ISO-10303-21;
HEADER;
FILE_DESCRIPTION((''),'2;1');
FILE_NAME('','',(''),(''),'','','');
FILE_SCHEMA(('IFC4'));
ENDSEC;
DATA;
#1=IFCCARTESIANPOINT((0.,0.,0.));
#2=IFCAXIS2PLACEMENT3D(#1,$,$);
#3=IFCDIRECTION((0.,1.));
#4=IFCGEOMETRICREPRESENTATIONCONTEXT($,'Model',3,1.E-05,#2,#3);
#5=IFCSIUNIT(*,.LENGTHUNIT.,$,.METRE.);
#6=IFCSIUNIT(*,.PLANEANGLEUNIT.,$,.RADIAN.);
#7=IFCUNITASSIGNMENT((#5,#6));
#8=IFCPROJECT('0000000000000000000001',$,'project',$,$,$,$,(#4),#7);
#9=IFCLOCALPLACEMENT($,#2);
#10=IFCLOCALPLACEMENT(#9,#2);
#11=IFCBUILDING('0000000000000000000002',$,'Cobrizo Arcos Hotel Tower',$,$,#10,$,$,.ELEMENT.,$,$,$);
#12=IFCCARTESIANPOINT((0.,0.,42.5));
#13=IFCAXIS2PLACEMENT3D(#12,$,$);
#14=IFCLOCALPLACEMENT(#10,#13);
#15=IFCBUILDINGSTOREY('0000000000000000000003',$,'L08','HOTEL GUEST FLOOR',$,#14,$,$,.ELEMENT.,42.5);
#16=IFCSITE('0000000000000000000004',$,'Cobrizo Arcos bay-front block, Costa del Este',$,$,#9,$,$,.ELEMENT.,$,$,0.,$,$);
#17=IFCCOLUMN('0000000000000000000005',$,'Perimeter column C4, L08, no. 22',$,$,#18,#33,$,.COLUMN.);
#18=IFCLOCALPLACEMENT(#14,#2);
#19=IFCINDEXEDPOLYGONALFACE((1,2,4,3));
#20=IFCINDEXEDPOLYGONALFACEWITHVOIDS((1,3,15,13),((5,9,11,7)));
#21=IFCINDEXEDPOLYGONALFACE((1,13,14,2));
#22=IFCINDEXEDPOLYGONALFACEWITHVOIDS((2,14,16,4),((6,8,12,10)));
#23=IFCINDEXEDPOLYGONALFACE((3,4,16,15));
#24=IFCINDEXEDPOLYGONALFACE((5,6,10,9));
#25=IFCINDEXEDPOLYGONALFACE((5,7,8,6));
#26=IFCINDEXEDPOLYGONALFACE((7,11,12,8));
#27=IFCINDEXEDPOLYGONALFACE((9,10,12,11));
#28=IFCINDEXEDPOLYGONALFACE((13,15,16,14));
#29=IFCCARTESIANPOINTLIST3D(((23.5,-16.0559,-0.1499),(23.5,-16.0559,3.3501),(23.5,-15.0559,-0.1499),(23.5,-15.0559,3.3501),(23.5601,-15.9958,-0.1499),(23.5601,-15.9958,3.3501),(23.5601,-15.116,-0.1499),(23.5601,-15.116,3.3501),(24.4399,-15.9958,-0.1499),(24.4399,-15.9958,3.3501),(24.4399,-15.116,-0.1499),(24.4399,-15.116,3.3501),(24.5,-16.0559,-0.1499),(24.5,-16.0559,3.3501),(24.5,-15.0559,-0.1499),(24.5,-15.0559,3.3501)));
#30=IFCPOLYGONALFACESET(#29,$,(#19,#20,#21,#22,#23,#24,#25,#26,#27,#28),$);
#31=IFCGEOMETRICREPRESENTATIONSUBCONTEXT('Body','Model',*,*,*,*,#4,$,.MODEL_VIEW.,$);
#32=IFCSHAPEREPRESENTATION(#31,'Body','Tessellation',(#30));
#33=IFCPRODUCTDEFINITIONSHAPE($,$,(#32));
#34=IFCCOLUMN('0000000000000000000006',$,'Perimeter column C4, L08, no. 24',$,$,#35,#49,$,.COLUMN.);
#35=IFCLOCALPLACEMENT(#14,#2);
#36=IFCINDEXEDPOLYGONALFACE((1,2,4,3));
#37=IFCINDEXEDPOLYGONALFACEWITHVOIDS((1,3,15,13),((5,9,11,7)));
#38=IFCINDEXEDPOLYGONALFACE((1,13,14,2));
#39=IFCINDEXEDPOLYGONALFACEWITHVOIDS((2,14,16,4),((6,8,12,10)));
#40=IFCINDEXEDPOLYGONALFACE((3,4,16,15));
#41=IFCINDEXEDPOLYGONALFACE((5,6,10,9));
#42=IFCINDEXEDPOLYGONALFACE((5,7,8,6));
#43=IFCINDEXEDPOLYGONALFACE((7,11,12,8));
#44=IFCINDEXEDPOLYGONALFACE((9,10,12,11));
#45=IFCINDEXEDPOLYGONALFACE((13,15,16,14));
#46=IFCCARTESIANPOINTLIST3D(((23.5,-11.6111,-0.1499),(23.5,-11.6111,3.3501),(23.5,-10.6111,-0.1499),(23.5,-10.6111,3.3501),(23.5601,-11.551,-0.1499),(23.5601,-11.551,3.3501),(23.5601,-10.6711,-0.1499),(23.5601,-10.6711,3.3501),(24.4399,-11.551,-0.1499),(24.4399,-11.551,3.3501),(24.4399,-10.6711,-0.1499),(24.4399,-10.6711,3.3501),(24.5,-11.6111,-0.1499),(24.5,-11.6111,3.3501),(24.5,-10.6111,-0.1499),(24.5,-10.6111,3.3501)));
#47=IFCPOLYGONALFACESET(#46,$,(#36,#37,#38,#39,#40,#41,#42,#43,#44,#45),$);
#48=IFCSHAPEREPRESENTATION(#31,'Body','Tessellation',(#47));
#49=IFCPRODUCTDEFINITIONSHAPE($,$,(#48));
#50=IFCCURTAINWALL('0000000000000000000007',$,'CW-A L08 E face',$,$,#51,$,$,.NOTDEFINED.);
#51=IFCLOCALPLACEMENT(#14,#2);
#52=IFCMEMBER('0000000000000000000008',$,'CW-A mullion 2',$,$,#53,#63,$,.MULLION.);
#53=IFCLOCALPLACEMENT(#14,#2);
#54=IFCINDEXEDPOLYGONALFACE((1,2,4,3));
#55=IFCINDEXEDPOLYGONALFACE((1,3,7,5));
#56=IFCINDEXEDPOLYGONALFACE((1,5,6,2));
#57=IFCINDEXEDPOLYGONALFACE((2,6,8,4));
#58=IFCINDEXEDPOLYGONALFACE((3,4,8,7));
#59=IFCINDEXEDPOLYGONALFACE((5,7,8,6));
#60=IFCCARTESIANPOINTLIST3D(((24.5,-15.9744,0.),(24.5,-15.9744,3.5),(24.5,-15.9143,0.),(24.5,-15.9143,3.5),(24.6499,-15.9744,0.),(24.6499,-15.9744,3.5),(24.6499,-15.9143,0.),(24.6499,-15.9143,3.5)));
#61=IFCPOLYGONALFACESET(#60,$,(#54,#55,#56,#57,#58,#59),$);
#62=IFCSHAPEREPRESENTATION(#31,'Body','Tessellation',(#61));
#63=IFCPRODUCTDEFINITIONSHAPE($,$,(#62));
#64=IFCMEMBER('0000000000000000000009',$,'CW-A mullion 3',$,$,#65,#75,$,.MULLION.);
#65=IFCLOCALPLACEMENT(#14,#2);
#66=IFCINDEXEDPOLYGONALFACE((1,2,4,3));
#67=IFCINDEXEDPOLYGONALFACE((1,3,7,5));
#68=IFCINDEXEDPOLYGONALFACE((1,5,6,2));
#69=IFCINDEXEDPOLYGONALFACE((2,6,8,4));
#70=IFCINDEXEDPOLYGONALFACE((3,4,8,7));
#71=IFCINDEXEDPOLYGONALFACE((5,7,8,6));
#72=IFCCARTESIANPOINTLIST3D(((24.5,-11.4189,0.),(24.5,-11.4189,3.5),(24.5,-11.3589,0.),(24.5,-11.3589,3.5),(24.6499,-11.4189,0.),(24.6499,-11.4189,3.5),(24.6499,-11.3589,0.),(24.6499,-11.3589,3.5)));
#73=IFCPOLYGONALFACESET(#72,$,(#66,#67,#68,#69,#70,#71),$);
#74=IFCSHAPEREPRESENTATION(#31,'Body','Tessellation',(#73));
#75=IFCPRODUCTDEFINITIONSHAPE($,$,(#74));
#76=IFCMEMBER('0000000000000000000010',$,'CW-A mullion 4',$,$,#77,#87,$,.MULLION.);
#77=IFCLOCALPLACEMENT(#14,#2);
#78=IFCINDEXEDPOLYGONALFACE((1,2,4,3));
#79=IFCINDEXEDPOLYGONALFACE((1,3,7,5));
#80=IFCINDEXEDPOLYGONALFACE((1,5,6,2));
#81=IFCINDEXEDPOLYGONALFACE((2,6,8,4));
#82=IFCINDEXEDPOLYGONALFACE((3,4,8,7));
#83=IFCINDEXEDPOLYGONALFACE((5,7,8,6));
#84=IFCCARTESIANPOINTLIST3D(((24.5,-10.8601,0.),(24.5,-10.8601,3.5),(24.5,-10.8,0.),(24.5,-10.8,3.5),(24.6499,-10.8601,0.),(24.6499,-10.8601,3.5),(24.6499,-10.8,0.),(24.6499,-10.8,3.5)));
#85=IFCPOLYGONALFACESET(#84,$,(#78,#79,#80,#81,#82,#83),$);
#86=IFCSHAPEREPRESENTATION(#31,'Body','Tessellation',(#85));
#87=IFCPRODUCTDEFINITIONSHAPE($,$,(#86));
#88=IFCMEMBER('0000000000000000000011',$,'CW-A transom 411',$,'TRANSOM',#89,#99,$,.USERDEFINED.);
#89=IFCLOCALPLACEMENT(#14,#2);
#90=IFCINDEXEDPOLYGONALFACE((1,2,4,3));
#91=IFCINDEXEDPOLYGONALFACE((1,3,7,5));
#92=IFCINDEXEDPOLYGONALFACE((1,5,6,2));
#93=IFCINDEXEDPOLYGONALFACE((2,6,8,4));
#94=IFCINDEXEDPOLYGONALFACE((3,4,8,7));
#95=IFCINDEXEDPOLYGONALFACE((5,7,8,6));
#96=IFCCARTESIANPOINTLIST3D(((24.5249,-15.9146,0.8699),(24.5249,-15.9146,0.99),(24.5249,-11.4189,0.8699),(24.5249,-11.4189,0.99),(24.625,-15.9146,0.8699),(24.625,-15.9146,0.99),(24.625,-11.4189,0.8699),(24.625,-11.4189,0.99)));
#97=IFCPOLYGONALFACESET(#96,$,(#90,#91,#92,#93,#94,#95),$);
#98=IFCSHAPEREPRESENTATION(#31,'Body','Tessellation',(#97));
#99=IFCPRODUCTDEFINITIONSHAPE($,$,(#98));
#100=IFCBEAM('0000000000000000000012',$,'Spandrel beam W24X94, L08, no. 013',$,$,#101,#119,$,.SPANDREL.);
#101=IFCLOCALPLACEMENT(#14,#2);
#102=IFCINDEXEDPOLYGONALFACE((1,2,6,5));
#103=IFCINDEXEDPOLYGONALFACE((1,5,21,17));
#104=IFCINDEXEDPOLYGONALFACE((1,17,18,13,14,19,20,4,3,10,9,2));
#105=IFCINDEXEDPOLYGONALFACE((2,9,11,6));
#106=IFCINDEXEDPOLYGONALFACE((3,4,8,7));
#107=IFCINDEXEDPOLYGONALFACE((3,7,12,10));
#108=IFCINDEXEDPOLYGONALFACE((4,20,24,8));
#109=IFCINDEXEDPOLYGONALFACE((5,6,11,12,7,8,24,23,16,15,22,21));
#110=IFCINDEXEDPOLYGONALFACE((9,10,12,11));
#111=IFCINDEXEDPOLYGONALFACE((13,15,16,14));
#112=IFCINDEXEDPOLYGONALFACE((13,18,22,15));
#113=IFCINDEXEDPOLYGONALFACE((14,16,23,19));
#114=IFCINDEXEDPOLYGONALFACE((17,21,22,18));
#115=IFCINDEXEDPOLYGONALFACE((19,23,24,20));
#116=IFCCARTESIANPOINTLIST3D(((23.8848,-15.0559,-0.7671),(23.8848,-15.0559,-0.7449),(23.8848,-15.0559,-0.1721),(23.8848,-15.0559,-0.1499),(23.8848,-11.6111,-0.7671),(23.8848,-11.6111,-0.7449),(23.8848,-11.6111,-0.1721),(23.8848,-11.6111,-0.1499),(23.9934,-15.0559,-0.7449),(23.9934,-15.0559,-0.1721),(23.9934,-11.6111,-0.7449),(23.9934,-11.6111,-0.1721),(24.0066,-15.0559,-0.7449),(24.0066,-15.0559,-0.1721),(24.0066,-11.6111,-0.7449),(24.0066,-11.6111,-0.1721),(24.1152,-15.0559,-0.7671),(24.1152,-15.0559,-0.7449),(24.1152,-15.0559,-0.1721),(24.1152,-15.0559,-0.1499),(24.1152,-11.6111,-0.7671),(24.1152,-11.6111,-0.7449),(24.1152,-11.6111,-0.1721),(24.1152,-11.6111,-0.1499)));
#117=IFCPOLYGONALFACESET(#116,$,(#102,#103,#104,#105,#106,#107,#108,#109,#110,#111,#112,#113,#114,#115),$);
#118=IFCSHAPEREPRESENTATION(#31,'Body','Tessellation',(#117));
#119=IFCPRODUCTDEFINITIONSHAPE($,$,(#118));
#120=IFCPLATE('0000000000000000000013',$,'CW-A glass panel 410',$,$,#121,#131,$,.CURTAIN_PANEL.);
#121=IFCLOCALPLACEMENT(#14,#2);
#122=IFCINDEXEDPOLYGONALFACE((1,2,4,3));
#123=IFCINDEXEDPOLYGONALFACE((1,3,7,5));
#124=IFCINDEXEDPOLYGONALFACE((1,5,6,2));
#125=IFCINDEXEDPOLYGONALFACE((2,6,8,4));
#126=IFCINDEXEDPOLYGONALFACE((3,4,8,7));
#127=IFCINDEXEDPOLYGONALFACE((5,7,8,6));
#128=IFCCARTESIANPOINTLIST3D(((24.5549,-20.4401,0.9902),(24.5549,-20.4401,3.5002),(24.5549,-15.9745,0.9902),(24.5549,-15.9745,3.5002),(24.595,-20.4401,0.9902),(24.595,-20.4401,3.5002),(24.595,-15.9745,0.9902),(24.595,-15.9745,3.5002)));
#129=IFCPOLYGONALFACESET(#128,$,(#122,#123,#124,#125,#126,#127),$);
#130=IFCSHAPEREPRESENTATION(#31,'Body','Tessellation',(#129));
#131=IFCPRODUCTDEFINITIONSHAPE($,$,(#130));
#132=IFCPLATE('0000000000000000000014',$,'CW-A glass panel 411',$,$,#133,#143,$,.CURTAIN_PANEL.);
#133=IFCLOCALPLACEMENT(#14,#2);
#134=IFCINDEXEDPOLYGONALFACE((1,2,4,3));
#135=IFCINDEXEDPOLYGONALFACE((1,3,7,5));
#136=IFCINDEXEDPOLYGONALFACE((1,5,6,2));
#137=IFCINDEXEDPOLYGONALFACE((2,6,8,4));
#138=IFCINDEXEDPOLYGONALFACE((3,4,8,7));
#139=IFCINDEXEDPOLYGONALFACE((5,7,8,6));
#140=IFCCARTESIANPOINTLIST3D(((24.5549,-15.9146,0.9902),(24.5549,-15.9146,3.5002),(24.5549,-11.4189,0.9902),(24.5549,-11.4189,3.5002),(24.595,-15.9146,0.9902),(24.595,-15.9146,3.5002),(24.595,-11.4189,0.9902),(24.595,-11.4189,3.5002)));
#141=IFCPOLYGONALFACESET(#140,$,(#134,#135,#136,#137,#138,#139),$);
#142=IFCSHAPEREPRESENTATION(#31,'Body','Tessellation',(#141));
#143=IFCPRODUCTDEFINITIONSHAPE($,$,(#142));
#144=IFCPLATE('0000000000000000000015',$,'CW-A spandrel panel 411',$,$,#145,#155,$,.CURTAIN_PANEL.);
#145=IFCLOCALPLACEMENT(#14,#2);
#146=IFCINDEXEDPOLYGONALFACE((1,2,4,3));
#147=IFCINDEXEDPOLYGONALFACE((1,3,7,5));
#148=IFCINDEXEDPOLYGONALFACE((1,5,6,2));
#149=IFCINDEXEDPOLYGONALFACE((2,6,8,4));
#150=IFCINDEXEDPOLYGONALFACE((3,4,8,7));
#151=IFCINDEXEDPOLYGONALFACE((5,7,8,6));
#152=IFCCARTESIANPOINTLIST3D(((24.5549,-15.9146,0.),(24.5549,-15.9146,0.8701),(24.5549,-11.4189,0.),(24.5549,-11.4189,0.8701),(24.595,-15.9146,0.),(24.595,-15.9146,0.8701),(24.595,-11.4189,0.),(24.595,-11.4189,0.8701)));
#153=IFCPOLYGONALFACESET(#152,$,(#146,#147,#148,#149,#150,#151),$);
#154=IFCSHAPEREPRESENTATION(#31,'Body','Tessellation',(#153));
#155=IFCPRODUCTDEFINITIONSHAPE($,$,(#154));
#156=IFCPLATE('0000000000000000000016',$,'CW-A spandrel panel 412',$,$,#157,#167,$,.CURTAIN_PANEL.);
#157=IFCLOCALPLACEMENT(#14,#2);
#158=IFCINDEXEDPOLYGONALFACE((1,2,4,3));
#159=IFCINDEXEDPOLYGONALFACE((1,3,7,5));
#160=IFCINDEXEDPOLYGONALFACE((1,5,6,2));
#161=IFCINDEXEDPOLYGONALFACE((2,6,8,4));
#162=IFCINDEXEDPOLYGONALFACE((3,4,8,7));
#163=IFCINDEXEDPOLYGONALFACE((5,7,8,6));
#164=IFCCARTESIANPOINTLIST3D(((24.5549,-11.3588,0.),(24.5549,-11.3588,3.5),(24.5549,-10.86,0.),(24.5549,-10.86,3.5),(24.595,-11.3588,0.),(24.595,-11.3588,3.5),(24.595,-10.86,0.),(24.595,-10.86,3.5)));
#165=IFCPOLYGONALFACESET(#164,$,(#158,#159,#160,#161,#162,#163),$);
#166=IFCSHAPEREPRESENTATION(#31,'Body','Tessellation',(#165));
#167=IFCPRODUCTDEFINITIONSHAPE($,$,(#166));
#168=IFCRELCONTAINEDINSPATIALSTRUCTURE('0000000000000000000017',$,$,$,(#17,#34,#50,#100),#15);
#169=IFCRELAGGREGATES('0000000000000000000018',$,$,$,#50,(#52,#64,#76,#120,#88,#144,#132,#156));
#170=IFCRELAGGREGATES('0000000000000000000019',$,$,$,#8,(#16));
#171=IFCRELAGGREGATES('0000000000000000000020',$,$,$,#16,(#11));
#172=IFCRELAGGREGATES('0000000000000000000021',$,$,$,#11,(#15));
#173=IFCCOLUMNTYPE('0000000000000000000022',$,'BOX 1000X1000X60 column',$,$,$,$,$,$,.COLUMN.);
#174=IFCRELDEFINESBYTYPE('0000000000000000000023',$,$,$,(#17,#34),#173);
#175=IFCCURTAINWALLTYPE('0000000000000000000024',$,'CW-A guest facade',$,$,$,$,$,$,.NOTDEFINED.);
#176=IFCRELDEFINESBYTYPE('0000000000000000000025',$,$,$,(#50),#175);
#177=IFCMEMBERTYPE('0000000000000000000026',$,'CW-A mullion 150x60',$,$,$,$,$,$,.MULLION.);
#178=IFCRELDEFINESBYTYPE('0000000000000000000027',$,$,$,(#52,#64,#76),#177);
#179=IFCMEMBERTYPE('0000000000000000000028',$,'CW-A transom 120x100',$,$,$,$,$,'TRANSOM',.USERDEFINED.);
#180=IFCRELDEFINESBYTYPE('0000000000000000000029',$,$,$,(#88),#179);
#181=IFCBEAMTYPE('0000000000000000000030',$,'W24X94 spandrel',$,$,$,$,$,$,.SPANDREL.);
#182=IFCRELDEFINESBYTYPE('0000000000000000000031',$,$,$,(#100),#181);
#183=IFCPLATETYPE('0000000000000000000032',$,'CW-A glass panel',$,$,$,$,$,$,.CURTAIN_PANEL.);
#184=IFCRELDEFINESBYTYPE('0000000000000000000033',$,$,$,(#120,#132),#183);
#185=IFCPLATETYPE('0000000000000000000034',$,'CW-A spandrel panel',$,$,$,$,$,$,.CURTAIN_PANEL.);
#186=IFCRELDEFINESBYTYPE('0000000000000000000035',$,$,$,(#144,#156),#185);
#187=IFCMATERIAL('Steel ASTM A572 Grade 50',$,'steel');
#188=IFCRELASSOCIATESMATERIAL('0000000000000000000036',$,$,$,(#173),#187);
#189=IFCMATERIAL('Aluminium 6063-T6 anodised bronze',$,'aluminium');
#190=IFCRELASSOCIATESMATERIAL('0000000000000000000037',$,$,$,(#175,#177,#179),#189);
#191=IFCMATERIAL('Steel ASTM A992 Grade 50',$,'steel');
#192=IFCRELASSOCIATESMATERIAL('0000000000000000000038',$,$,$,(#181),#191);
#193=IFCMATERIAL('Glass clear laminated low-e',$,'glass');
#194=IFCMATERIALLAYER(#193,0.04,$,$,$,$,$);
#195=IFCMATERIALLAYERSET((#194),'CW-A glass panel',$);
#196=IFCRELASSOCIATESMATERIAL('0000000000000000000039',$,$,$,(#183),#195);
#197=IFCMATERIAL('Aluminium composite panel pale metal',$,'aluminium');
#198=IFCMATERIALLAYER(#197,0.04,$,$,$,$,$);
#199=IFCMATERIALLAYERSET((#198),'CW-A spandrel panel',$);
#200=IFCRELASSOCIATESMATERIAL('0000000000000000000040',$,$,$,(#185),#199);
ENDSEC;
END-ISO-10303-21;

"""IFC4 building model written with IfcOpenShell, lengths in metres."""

from ifc_helpers import new_model, si_unit, direction, frame, origin, origin_2d, place, context, subcontext, project, spatial, rectangle, hollow_rectangle, i_section, extrude, material, layer, layer_set, material_profile, profile_set, type_object, element, aggregate, save


model = new_model("IFC4")

# Units and contexts
model_context = context("Model", 3, precision=1e-05, world=origin(), true_north=direction((0.0, 1.0)))
body_context = subcontext(model_context, "Body", "Model", "MODEL_VIEW")
ifc_project = project(units=[si_unit("LENGTHUNIT", "METRE"), si_unit("PLANEANGLEUNIT", "RADIAN")], contexts=[model_context])

# Site, building, storey
site_placement = place(None, origin())
site = spatial("IfcSite", under=ifc_project, at=site_placement, Name="Cobrizo Arcos bay-front block, Costa del Este", CompositionType="ELEMENT", RefElevation=0.0)
building_placement = place(site_placement, origin())
building = spatial("IfcBuilding", under=site, at=building_placement, Name="Cobrizo Arcos Hotel Tower", CompositionType="ELEMENT")
storey_placement = place(building_placement, frame((0.0, 0.0, 42.5)))
storey = spatial("IfcBuildingStorey", under=building, at=storey_placement, Name="L08", Description="HOTEL GUEST FLOOR", CompositionType="ELEMENT", Elevation=42.5)

# Columns
ifc_material_1 = material(Name="Steel ASTM A572 Grade 50", Category="steel")
ifc_material_profile_1 = material_profile(ifc_material_1, hollow_rectangle(XDim=1.0, YDim=1.0, WallThickness=0.0601, at=origin_2d()), Name="BOX 1000X1000X60")
ifc_profile_set_1 = profile_set([ifc_material_profile_1], Name="Steel ASTM A572 Grade 50")
column_type = type_object("IfcColumnType", Name="BOX 1000X1000X60 column", PredefinedType="COLUMN", material=ifc_profile_set_1)
for number, where, z_axis, x_axis, name in (
    (1, (24.0, -15.5559, -0.1499), (0.0, 0.0, 1.0), (1.0, 0.0, 0.0), "Perimeter column C4, L08, no. 22"),
    (2, (24.0, -11.1111, -0.1499), (0.0, 0.0, 1.0), (1.0, 0.0, 0.0), "Perimeter column C4, L08, no. 24"),
):
    element("IfcColumn", number, at=place(storey_placement, frame(where, z_axis=z_axis, x_axis=x_axis)), inside=storey, type_object=column_type, Name=name, PredefinedType="COLUMN", context=body_context, shape_type="SweptSolid", body=[
        extrude(hollow_rectangle(XDim=1.0, YDim=1.0, WallThickness=0.0601, at=origin_2d()), origin(), (0.0, 0.0, 1.0), 3.5),
    ])

# Curtain wall, members
ifc_material_2 = material(Name="Aluminium 6063-T6 anodised bronze", Category="aluminium")
curtain_wall_type = type_object("IfcCurtainWallType", Name="CW-A guest facade", PredefinedType="NOTDEFINED", material=ifc_material_2)
curtain_wall_placement = place(storey_placement, origin())
curtain_wall = element("IfcCurtainWall", 3, at=curtain_wall_placement, inside=storey, type_object=curtain_wall_type, Name="CW-A L08 E face", PredefinedType="NOTDEFINED")
ifc_material_profile_2 = material_profile(ifc_material_2, rectangle(XDim=0.1499, YDim=0.0601, at=origin_2d()), Name="CW-A mullion 150x60")
ifc_profile_set_2 = profile_set([ifc_material_profile_2], Name="Aluminium 6063-T6 anodised bronze")
member_type_1 = type_object("IfcMemberType", Name="CW-A mullion 150x60", PredefinedType="MULLION", material=ifc_profile_set_2)
member_1_placement = place(storey_placement, frame((24.575, -15.9443, 0.0), z_axis=(0.0, 0.0, 1.0), x_axis=(1.0, 0.0, 0.0)))
member_1 = element("IfcMember", 4, at=member_1_placement, type_object=member_type_1, Name="CW-A mullion 2", PredefinedType="MULLION", context=body_context, shape_type="SweptSolid", body=[
    extrude(rectangle(XDim=0.1499, YDim=0.0601, at=origin_2d()), origin(), (0.0, 0.0, 1.0), 3.5),
])
member_2_placement = place(storey_placement, frame((24.575, -11.3889, 0.0), z_axis=(0.0, 0.0, 1.0), x_axis=(1.0, 0.0, 0.0)))
member_2 = element("IfcMember", 5, at=member_2_placement, type_object=member_type_1, Name="CW-A mullion 3", PredefinedType="MULLION", context=body_context, shape_type="SweptSolid", body=[
    extrude(rectangle(XDim=0.1499, YDim=0.0601, at=origin_2d()), origin(), (0.0, 0.0, 1.0), 3.5),
])
member_3_placement = place(storey_placement, frame((24.575, -10.8301, 0.0), z_axis=(0.0, 0.0, 1.0), x_axis=(1.0, 0.0, 0.0)))
member_3 = element("IfcMember", 6, at=member_3_placement, type_object=member_type_1, Name="CW-A mullion 4", PredefinedType="MULLION", context=body_context, shape_type="SweptSolid", body=[
    extrude(rectangle(XDim=0.1499, YDim=0.0601, at=origin_2d()), origin(), (0.0, 0.0, 1.0), 3.5),
])
ifc_material_profile_3 = material_profile(ifc_material_2, rectangle(XDim=0.1001, YDim=0.1201, at=origin_2d()), Name="CW-A transom 120x100")
ifc_profile_set_3 = profile_set([ifc_material_profile_3], Name="Aluminium 6063-T6 anodised bronze")
member_type_2 = type_object("IfcMemberType", Name="CW-A transom 120x100", ElementType="TRANSOM", PredefinedType="USERDEFINED", material=ifc_profile_set_3)
member_4_placement = place(storey_placement, frame((24.575, -15.9146, 0.9299), z_axis=(0.0, 1.0, 0.0), x_axis=(-1.0, 0.0, 0.0)))
member_4 = element("IfcMember", 7, at=member_4_placement, type_object=member_type_2, Name="CW-A transom 411", ObjectType="TRANSOM", PredefinedType="USERDEFINED", context=body_context, shape_type="SweptSolid", body=[
    extrude(rectangle(XDim=0.1001, YDim=0.1201, at=origin_2d()), origin(), (0.0, 0.0, 1.0), 4.4956),
])

# Beam
ifc_material_3 = material(Name="Steel ASTM A992 Grade 50", Category="steel")
ifc_material_profile_4 = material_profile(ifc_material_3, i_section(OverallWidth=0.2305, OverallDepth=0.6172, WebThickness=0.0132, FlangeThickness=0.0222, at=origin_2d()), Name="W24X94")
ifc_profile_set_4 = profile_set([ifc_material_profile_4], Name="Steel ASTM A992 Grade 50")
beam_type = type_object("IfcBeamType", Name="W24X94 spandrel", PredefinedType="SPANDREL", material=ifc_profile_set_4)
beam_placement = place(storey_placement, frame((24.0, -15.0559, -0.4585), z_axis=(0.0, 1.0, 0.0), x_axis=(-1.0, 0.0, 0.0)))
element("IfcBeam", 8, at=beam_placement, inside=storey, type_object=beam_type, Name="Spandrel beam W24X94, L08, no. 013", PredefinedType="SPANDREL", context=body_context, shape_type="SweptSolid", body=[
    extrude(i_section(OverallWidth=0.2305, OverallDepth=0.6172, WebThickness=0.0132, FlangeThickness=0.0222, at=origin_2d()), origin(), (0.0, 0.0, 1.0), 3.4448),
])

# Plates
ifc_material_4 = material(Name="Glass clear laminated low-e", Category="glass")
ifc_layer_1 = layer(ifc_material_4, 0.04)
ifc_layer_set_1 = layer_set([ifc_layer_1], Name="CW-A glass panel")
plate_type_1 = type_object("IfcPlateType", Name="CW-A glass panel", PredefinedType="CURTAIN_PANEL", material=ifc_layer_set_1)
plate_1_placement = place(storey_placement, frame((24.575, -18.2073, 0.9902), z_axis=(0.0, 0.0, 1.0), x_axis=(0.0, 1.0, 0.0)))
plate_1 = element("IfcPlate", 9, at=plate_1_placement, type_object=plate_type_1, Name="CW-A glass panel 410", PredefinedType="CURTAIN_PANEL", context=body_context, shape_type="SweptSolid", body=[
    extrude(rectangle(XDim=4.4656, YDim=0.04, at=origin_2d()), origin(), (0.0, 0.0, 1.0), 2.51),
])
plate_2_placement = place(storey_placement, frame((24.575, -13.6667, 0.9902), z_axis=(0.0, 0.0, 1.0), x_axis=(0.0, 1.0, 0.0)))
plate_2 = element("IfcPlate", 10, at=plate_2_placement, type_object=plate_type_1, Name="CW-A glass panel 411", PredefinedType="CURTAIN_PANEL", context=body_context, shape_type="SweptSolid", body=[
    extrude(rectangle(XDim=4.4956, YDim=0.04, at=origin_2d()), origin(), (0.0, 0.0, 1.0), 2.51),
])
ifc_material_5 = material(Name="Aluminium composite panel pale metal", Category="aluminium")
ifc_layer_2 = layer(ifc_material_5, 0.04)
ifc_layer_set_2 = layer_set([ifc_layer_2], Name="CW-A spandrel panel")
plate_type_2 = type_object("IfcPlateType", Name="CW-A spandrel panel", PredefinedType="CURTAIN_PANEL", material=ifc_layer_set_2)
plate_3_placement = place(storey_placement, frame((24.575, -13.6667, 0.0), z_axis=(0.0, 0.0, 1.0), x_axis=(0.0, 1.0, 0.0)))
plate_3 = element("IfcPlate", 11, at=plate_3_placement, type_object=plate_type_2, Name="CW-A spandrel panel 411", PredefinedType="CURTAIN_PANEL", context=body_context, shape_type="SweptSolid", body=[
    extrude(rectangle(XDim=4.4956, YDim=0.04, at=origin_2d()), origin(), (0.0, 0.0, 1.0), 0.8701),
])
plate_4_placement = place(storey_placement, frame((24.575, -11.1094, 0.0), z_axis=(0.0, 0.0, 1.0), x_axis=(0.0, 1.0, 0.0)))
plate_4 = element("IfcPlate", 12, at=plate_4_placement, type_object=plate_type_2, Name="CW-A spandrel panel 412", PredefinedType="CURTAIN_PANEL", context=body_context, shape_type="SweptSolid", body=[
    extrude(rectangle(XDim=0.4988, YDim=0.04, at=origin_2d()), origin(), (0.0, 0.0, 1.0), 3.5),
])
aggregate(curtain_wall, [member_1, member_2, member_3, plate_1, member_4, plate_3, plate_2, plate_4])

save(model, "model.ifc")
